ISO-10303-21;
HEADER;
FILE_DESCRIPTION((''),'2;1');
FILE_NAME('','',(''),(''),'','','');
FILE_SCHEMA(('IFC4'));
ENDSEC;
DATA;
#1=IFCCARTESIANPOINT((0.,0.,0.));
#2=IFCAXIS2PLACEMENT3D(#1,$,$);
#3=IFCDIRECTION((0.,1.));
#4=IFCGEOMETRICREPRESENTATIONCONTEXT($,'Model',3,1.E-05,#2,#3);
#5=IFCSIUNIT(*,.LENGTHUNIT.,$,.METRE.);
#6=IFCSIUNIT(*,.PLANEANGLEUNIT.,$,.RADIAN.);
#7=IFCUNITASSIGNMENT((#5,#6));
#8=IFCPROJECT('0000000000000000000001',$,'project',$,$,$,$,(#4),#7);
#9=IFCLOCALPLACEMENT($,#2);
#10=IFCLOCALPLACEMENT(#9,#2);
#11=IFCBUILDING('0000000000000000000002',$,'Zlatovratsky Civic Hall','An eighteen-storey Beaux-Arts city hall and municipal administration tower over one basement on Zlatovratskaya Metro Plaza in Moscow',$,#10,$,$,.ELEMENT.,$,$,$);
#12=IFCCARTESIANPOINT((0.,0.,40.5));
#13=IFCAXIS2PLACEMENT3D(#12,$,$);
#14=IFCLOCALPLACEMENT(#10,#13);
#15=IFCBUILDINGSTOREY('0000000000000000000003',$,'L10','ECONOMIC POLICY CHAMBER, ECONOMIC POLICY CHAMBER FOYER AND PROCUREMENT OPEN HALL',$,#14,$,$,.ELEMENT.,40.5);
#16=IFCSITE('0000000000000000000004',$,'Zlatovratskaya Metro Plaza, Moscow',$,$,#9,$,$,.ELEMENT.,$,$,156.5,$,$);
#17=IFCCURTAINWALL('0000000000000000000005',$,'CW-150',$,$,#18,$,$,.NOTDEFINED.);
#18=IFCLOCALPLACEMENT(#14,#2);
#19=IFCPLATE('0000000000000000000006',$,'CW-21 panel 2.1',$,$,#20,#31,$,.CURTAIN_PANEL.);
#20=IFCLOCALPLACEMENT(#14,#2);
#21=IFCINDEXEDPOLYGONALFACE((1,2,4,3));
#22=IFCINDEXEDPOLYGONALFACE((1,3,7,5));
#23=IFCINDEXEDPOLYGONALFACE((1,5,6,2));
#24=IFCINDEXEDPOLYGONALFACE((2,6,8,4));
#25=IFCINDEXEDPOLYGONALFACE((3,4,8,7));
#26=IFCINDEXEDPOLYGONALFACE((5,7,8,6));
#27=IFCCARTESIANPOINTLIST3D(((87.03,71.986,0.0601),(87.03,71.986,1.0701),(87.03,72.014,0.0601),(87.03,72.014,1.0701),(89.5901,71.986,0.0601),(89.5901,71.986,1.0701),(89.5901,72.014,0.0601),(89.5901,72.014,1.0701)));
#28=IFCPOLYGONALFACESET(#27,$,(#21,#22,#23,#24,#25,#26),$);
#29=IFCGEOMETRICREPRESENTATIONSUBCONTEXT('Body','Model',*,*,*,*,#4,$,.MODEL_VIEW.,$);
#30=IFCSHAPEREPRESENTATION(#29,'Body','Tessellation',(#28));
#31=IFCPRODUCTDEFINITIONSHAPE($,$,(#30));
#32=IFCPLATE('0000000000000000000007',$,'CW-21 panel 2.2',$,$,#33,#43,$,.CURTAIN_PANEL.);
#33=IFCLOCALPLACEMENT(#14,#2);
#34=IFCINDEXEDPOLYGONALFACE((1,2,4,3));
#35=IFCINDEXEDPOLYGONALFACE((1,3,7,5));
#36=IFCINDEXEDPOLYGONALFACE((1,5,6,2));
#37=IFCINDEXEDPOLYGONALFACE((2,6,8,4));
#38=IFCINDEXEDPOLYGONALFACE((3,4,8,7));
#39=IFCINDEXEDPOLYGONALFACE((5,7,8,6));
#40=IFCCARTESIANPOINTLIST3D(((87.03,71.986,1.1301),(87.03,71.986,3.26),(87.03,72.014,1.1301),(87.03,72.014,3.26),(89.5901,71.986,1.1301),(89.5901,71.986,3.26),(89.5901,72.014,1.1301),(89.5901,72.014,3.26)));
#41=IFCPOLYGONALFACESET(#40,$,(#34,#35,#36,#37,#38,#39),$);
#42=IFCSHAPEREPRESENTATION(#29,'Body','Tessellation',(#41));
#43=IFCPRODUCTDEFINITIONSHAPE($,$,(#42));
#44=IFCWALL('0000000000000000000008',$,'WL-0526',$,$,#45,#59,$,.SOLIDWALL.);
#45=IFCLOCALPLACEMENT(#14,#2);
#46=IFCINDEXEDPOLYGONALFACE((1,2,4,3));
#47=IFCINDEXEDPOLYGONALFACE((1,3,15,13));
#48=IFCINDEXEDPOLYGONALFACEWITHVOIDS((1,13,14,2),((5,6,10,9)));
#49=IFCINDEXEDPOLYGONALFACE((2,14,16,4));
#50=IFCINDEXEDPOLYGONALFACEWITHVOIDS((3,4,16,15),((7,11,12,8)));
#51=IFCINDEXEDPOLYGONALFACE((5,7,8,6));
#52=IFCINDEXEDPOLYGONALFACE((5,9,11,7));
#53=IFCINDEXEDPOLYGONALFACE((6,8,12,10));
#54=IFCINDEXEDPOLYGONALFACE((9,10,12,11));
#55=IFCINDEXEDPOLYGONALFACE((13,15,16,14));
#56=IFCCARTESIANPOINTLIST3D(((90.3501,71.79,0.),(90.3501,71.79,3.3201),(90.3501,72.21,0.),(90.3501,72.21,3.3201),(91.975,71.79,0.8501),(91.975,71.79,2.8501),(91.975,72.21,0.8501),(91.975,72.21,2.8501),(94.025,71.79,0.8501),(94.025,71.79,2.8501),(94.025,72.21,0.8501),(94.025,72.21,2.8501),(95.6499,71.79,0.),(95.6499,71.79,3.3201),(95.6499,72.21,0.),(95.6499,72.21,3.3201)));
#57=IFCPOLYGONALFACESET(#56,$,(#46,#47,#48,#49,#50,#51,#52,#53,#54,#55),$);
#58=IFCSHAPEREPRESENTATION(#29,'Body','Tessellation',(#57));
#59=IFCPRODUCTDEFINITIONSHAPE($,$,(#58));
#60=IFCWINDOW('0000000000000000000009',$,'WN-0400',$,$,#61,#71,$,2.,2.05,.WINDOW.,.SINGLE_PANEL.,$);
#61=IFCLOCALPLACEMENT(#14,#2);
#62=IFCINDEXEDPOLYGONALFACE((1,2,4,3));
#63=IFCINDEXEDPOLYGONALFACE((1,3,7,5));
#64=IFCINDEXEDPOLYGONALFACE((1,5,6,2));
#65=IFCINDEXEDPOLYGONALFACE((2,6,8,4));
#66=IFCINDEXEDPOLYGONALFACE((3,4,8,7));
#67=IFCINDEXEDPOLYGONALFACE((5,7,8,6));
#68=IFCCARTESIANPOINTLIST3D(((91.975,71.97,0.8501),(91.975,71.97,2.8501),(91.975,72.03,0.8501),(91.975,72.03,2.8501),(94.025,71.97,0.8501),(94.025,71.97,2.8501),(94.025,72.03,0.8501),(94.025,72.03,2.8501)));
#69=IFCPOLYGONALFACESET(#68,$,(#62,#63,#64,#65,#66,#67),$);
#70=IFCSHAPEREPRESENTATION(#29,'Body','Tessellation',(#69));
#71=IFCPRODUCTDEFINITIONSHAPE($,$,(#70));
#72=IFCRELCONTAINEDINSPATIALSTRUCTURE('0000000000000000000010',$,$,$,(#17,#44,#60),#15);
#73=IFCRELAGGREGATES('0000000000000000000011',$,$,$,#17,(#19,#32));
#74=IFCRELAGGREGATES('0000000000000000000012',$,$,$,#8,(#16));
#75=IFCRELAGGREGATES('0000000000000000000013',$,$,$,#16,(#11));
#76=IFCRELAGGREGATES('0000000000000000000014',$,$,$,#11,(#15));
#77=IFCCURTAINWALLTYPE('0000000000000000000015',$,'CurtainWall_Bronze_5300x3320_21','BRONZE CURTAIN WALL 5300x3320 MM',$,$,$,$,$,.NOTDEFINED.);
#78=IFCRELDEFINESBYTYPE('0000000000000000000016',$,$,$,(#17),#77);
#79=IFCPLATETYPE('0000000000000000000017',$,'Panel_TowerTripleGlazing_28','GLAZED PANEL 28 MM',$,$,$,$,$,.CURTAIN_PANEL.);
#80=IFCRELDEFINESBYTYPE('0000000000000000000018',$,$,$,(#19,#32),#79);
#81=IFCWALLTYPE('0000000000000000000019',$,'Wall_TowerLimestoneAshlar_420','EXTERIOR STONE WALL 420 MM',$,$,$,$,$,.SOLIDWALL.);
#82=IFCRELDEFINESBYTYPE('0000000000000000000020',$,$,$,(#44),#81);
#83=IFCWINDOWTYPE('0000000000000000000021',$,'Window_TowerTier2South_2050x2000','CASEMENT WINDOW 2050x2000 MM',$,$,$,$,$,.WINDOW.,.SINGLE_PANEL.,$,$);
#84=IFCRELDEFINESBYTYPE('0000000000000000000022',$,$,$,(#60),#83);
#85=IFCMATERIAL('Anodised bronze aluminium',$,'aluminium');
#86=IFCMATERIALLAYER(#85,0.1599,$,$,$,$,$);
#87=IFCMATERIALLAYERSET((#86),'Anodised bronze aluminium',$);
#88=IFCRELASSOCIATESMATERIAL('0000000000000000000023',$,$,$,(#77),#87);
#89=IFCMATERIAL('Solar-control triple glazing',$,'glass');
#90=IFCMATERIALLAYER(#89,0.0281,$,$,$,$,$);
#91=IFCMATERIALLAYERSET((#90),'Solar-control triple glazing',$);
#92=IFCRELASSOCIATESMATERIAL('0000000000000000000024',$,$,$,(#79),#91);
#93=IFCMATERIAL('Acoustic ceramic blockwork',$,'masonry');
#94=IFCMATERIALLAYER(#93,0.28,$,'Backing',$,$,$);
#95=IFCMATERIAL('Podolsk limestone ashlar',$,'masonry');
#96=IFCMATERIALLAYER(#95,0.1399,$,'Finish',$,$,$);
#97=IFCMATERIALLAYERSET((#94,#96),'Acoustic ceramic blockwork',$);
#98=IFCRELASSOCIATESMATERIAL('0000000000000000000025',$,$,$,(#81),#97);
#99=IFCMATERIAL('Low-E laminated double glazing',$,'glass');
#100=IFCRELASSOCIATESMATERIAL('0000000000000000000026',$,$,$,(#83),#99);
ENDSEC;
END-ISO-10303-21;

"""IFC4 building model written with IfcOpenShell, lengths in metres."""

from ifc_helpers import new_model, si_unit, direction, frame, frame_2d, origin, origin_2d, place, context, subcontext, project, spatial, rectangle, extrude, material, layer, layer_set, type_object, element, fill, aggregate, save


model = new_model("IFC4")

# Units and contexts
model_context = context("Model", 3, precision=1e-05, world=origin(), true_north=direction((0.0, 1.0)))
body_context = subcontext(model_context, "Body", "Model", "MODEL_VIEW")
ifc_project = project(units=[si_unit("LENGTHUNIT", "METRE"), si_unit("PLANEANGLEUNIT", "RADIAN")], contexts=[model_context])

# Site, building, storey
site_placement = place(None, origin())
site = spatial("IfcSite", under=ifc_project, at=site_placement, Name="Zlatovratskaya Metro Plaza, Moscow", CompositionType="ELEMENT", RefElevation=156.5)
building_placement = place(site_placement, origin())
building = spatial("IfcBuilding", under=site, at=building_placement, Name="Zlatovratsky Civic Hall", Description="An eighteen-storey Beaux-Arts city hall and municipal administration tower over one basement on Zlatovratskaya Metro Plaza in Moscow", CompositionType="ELEMENT")
storey_placement = place(building_placement, frame((0.0, 0.0, 40.5)))
storey = spatial("IfcBuildingStorey", under=building, at=storey_placement, Name="L10", Description="ECONOMIC POLICY CHAMBER, ECONOMIC POLICY CHAMBER FOYER AND PROCUREMENT OPEN HALL", CompositionType="ELEMENT", Elevation=40.5)

# Shared definitions
ifc_material_1 = material(Name="Anodised bronze aluminium", Category="aluminium")
ifc_layer_1 = layer(ifc_material_1, 0.1599)
ifc_layer_set_1 = layer_set([ifc_layer_1], Name="Anodised bronze aluminium")
curtain_wall_type = type_object("IfcCurtainWallType", Name="CurtainWall_Bronze_5300x3320_21", Description="BRONZE CURTAIN WALL 5300x3320 MM", PredefinedType="NOTDEFINED", material=ifc_layer_set_1)

# Curtain wall, plates
curtain_wall_1_placement = place(storey_placement, origin())
curtain_wall_1 = element("IfcCurtainWall", 1, at=curtain_wall_1_placement, inside=storey, type_object=curtain_wall_type, Name="CW-150", PredefinedType="NOTDEFINED")
ifc_material_2 = material(Name="Solar-control triple glazing", Category="glass")
ifc_layer_2 = layer(ifc_material_2, 0.0281)
ifc_layer_set_2 = layer_set([ifc_layer_2], Name="Solar-control triple glazing")
plate_type = type_object("IfcPlateType", Name="Panel_TowerTripleGlazing_28", Description="GLAZED PANEL 28 MM", PredefinedType="CURTAIN_PANEL", material=ifc_layer_set_2)
plate_1_placement = place(storey_placement, frame((88.3101, 72.0, 0.0601), z_axis=(0.0, 0.0, 1.0), x_axis=(1.0, 0.0, 0.0)))
plate_1 = element("IfcPlate", 2, at=plate_1_placement, type_object=plate_type, Name="CW-21 panel 2.1", PredefinedType="CURTAIN_PANEL", context=body_context, shape_type="SweptSolid", body=[
    extrude(rectangle(XDim=2.5601, YDim=0.0281, at=origin_2d()), origin(), (0.0, 0.0, 1.0), 1.01),
])
plate_2_placement = place(storey_placement, frame((88.3101, 72.0, 1.1301), z_axis=(0.0, 0.0, 1.0), x_axis=(1.0, 0.0, 0.0)))
plate_2 = element("IfcPlate", 3, at=plate_2_placement, type_object=plate_type, Name="CW-21 panel 2.2", PredefinedType="CURTAIN_PANEL", context=body_context, shape_type="SweptSolid", body=[
    extrude(rectangle(XDim=2.5601, YDim=0.0281, at=origin_2d()), origin(), (0.0, 0.0, 1.0), 2.1299),
])
aggregate(curtain_wall_1, [plate_1, plate_2])

# Wall, opening, window
ifc_material_3 = material(Name="Acoustic ceramic blockwork", Category="masonry")
ifc_layer_3 = layer(ifc_material_3, 0.28, Name="Backing")
ifc_material_4 = material(Name="Podolsk limestone ashlar", Category="masonry")
ifc_layer_4 = layer(ifc_material_4, 0.1399, Name="Finish")
ifc_layer_set_3 = layer_set([ifc_layer_3, ifc_layer_4], Name="Acoustic ceramic blockwork")
wall_type = type_object("IfcWallType", Name="Wall_TowerLimestoneAshlar_420", Description="EXTERIOR STONE WALL 420 MM", PredefinedType="SOLIDWALL", material=ifc_layer_set_3)
wall_placement = place(storey_placement, frame((90.3501, 72.0, 0.0), z_axis=(0.0, 0.0, 1.0), x_axis=(1.0, 0.0, 0.0)))
wall = element("IfcWall", 4, at=wall_placement, inside=storey, type_object=wall_type, Name="WL-0526", PredefinedType="SOLIDWALL", context=body_context, shape_type="SweptSolid", body=[
    extrude(rectangle(XDim=5.2998, YDim=0.4199, at=frame_2d((2.6499, 0.0))), origin(), (0.0, 0.0, 1.0), 3.3201),
])
opening_placement = place(wall_placement, frame((1.625, 0.0, 0.8501)))
opening = element("IfcOpeningElement", 5, at=opening_placement, cuts=wall, PredefinedType="OPENING", context=body_context, shape_type="SweptSolid", body=[
    extrude(rectangle(XDim=2.05, YDim=2.0, at=frame_2d((1.0249, 1.0))), frame((0.0, 0.2249, 0.0), z_axis=(0.0, -1.0, 0.0), x_axis=(1.0, 0.0, 0.0)), (0.0, 0.0, 1.0), 0.4497),
])
ifc_material_5 = material(Name="Low-E laminated double glazing", Category="glass")
window_type = type_object("IfcWindowType", Name="Window_TowerTier2South_2050x2000", Description="CASEMENT WINDOW 2050x2000 MM", PartitioningType="SINGLE_PANEL", PredefinedType="WINDOW", material=ifc_material_5)
window_placement = place(opening_placement, origin())
window = element("IfcWindow", 6, at=window_placement, inside=storey, type_object=window_type, Name="WN-0400", OverallHeight=2.0, OverallWidth=2.05, PartitioningType="SINGLE_PANEL", PredefinedType="WINDOW", context=body_context, shape_type="SweptSolid", body=[
    extrude(rectangle(XDim=2.05, YDim=2.0, at=frame_2d((1.0249, 1.0))), frame((0.0, 0.03, 0.0), z_axis=(0.0, -1.0, 0.0), x_axis=(1.0, 0.0, 0.0)), (0.0, 0.0, 1.0), 0.0601),
])
fill(opening, window)

save(model, "model.ifc")
